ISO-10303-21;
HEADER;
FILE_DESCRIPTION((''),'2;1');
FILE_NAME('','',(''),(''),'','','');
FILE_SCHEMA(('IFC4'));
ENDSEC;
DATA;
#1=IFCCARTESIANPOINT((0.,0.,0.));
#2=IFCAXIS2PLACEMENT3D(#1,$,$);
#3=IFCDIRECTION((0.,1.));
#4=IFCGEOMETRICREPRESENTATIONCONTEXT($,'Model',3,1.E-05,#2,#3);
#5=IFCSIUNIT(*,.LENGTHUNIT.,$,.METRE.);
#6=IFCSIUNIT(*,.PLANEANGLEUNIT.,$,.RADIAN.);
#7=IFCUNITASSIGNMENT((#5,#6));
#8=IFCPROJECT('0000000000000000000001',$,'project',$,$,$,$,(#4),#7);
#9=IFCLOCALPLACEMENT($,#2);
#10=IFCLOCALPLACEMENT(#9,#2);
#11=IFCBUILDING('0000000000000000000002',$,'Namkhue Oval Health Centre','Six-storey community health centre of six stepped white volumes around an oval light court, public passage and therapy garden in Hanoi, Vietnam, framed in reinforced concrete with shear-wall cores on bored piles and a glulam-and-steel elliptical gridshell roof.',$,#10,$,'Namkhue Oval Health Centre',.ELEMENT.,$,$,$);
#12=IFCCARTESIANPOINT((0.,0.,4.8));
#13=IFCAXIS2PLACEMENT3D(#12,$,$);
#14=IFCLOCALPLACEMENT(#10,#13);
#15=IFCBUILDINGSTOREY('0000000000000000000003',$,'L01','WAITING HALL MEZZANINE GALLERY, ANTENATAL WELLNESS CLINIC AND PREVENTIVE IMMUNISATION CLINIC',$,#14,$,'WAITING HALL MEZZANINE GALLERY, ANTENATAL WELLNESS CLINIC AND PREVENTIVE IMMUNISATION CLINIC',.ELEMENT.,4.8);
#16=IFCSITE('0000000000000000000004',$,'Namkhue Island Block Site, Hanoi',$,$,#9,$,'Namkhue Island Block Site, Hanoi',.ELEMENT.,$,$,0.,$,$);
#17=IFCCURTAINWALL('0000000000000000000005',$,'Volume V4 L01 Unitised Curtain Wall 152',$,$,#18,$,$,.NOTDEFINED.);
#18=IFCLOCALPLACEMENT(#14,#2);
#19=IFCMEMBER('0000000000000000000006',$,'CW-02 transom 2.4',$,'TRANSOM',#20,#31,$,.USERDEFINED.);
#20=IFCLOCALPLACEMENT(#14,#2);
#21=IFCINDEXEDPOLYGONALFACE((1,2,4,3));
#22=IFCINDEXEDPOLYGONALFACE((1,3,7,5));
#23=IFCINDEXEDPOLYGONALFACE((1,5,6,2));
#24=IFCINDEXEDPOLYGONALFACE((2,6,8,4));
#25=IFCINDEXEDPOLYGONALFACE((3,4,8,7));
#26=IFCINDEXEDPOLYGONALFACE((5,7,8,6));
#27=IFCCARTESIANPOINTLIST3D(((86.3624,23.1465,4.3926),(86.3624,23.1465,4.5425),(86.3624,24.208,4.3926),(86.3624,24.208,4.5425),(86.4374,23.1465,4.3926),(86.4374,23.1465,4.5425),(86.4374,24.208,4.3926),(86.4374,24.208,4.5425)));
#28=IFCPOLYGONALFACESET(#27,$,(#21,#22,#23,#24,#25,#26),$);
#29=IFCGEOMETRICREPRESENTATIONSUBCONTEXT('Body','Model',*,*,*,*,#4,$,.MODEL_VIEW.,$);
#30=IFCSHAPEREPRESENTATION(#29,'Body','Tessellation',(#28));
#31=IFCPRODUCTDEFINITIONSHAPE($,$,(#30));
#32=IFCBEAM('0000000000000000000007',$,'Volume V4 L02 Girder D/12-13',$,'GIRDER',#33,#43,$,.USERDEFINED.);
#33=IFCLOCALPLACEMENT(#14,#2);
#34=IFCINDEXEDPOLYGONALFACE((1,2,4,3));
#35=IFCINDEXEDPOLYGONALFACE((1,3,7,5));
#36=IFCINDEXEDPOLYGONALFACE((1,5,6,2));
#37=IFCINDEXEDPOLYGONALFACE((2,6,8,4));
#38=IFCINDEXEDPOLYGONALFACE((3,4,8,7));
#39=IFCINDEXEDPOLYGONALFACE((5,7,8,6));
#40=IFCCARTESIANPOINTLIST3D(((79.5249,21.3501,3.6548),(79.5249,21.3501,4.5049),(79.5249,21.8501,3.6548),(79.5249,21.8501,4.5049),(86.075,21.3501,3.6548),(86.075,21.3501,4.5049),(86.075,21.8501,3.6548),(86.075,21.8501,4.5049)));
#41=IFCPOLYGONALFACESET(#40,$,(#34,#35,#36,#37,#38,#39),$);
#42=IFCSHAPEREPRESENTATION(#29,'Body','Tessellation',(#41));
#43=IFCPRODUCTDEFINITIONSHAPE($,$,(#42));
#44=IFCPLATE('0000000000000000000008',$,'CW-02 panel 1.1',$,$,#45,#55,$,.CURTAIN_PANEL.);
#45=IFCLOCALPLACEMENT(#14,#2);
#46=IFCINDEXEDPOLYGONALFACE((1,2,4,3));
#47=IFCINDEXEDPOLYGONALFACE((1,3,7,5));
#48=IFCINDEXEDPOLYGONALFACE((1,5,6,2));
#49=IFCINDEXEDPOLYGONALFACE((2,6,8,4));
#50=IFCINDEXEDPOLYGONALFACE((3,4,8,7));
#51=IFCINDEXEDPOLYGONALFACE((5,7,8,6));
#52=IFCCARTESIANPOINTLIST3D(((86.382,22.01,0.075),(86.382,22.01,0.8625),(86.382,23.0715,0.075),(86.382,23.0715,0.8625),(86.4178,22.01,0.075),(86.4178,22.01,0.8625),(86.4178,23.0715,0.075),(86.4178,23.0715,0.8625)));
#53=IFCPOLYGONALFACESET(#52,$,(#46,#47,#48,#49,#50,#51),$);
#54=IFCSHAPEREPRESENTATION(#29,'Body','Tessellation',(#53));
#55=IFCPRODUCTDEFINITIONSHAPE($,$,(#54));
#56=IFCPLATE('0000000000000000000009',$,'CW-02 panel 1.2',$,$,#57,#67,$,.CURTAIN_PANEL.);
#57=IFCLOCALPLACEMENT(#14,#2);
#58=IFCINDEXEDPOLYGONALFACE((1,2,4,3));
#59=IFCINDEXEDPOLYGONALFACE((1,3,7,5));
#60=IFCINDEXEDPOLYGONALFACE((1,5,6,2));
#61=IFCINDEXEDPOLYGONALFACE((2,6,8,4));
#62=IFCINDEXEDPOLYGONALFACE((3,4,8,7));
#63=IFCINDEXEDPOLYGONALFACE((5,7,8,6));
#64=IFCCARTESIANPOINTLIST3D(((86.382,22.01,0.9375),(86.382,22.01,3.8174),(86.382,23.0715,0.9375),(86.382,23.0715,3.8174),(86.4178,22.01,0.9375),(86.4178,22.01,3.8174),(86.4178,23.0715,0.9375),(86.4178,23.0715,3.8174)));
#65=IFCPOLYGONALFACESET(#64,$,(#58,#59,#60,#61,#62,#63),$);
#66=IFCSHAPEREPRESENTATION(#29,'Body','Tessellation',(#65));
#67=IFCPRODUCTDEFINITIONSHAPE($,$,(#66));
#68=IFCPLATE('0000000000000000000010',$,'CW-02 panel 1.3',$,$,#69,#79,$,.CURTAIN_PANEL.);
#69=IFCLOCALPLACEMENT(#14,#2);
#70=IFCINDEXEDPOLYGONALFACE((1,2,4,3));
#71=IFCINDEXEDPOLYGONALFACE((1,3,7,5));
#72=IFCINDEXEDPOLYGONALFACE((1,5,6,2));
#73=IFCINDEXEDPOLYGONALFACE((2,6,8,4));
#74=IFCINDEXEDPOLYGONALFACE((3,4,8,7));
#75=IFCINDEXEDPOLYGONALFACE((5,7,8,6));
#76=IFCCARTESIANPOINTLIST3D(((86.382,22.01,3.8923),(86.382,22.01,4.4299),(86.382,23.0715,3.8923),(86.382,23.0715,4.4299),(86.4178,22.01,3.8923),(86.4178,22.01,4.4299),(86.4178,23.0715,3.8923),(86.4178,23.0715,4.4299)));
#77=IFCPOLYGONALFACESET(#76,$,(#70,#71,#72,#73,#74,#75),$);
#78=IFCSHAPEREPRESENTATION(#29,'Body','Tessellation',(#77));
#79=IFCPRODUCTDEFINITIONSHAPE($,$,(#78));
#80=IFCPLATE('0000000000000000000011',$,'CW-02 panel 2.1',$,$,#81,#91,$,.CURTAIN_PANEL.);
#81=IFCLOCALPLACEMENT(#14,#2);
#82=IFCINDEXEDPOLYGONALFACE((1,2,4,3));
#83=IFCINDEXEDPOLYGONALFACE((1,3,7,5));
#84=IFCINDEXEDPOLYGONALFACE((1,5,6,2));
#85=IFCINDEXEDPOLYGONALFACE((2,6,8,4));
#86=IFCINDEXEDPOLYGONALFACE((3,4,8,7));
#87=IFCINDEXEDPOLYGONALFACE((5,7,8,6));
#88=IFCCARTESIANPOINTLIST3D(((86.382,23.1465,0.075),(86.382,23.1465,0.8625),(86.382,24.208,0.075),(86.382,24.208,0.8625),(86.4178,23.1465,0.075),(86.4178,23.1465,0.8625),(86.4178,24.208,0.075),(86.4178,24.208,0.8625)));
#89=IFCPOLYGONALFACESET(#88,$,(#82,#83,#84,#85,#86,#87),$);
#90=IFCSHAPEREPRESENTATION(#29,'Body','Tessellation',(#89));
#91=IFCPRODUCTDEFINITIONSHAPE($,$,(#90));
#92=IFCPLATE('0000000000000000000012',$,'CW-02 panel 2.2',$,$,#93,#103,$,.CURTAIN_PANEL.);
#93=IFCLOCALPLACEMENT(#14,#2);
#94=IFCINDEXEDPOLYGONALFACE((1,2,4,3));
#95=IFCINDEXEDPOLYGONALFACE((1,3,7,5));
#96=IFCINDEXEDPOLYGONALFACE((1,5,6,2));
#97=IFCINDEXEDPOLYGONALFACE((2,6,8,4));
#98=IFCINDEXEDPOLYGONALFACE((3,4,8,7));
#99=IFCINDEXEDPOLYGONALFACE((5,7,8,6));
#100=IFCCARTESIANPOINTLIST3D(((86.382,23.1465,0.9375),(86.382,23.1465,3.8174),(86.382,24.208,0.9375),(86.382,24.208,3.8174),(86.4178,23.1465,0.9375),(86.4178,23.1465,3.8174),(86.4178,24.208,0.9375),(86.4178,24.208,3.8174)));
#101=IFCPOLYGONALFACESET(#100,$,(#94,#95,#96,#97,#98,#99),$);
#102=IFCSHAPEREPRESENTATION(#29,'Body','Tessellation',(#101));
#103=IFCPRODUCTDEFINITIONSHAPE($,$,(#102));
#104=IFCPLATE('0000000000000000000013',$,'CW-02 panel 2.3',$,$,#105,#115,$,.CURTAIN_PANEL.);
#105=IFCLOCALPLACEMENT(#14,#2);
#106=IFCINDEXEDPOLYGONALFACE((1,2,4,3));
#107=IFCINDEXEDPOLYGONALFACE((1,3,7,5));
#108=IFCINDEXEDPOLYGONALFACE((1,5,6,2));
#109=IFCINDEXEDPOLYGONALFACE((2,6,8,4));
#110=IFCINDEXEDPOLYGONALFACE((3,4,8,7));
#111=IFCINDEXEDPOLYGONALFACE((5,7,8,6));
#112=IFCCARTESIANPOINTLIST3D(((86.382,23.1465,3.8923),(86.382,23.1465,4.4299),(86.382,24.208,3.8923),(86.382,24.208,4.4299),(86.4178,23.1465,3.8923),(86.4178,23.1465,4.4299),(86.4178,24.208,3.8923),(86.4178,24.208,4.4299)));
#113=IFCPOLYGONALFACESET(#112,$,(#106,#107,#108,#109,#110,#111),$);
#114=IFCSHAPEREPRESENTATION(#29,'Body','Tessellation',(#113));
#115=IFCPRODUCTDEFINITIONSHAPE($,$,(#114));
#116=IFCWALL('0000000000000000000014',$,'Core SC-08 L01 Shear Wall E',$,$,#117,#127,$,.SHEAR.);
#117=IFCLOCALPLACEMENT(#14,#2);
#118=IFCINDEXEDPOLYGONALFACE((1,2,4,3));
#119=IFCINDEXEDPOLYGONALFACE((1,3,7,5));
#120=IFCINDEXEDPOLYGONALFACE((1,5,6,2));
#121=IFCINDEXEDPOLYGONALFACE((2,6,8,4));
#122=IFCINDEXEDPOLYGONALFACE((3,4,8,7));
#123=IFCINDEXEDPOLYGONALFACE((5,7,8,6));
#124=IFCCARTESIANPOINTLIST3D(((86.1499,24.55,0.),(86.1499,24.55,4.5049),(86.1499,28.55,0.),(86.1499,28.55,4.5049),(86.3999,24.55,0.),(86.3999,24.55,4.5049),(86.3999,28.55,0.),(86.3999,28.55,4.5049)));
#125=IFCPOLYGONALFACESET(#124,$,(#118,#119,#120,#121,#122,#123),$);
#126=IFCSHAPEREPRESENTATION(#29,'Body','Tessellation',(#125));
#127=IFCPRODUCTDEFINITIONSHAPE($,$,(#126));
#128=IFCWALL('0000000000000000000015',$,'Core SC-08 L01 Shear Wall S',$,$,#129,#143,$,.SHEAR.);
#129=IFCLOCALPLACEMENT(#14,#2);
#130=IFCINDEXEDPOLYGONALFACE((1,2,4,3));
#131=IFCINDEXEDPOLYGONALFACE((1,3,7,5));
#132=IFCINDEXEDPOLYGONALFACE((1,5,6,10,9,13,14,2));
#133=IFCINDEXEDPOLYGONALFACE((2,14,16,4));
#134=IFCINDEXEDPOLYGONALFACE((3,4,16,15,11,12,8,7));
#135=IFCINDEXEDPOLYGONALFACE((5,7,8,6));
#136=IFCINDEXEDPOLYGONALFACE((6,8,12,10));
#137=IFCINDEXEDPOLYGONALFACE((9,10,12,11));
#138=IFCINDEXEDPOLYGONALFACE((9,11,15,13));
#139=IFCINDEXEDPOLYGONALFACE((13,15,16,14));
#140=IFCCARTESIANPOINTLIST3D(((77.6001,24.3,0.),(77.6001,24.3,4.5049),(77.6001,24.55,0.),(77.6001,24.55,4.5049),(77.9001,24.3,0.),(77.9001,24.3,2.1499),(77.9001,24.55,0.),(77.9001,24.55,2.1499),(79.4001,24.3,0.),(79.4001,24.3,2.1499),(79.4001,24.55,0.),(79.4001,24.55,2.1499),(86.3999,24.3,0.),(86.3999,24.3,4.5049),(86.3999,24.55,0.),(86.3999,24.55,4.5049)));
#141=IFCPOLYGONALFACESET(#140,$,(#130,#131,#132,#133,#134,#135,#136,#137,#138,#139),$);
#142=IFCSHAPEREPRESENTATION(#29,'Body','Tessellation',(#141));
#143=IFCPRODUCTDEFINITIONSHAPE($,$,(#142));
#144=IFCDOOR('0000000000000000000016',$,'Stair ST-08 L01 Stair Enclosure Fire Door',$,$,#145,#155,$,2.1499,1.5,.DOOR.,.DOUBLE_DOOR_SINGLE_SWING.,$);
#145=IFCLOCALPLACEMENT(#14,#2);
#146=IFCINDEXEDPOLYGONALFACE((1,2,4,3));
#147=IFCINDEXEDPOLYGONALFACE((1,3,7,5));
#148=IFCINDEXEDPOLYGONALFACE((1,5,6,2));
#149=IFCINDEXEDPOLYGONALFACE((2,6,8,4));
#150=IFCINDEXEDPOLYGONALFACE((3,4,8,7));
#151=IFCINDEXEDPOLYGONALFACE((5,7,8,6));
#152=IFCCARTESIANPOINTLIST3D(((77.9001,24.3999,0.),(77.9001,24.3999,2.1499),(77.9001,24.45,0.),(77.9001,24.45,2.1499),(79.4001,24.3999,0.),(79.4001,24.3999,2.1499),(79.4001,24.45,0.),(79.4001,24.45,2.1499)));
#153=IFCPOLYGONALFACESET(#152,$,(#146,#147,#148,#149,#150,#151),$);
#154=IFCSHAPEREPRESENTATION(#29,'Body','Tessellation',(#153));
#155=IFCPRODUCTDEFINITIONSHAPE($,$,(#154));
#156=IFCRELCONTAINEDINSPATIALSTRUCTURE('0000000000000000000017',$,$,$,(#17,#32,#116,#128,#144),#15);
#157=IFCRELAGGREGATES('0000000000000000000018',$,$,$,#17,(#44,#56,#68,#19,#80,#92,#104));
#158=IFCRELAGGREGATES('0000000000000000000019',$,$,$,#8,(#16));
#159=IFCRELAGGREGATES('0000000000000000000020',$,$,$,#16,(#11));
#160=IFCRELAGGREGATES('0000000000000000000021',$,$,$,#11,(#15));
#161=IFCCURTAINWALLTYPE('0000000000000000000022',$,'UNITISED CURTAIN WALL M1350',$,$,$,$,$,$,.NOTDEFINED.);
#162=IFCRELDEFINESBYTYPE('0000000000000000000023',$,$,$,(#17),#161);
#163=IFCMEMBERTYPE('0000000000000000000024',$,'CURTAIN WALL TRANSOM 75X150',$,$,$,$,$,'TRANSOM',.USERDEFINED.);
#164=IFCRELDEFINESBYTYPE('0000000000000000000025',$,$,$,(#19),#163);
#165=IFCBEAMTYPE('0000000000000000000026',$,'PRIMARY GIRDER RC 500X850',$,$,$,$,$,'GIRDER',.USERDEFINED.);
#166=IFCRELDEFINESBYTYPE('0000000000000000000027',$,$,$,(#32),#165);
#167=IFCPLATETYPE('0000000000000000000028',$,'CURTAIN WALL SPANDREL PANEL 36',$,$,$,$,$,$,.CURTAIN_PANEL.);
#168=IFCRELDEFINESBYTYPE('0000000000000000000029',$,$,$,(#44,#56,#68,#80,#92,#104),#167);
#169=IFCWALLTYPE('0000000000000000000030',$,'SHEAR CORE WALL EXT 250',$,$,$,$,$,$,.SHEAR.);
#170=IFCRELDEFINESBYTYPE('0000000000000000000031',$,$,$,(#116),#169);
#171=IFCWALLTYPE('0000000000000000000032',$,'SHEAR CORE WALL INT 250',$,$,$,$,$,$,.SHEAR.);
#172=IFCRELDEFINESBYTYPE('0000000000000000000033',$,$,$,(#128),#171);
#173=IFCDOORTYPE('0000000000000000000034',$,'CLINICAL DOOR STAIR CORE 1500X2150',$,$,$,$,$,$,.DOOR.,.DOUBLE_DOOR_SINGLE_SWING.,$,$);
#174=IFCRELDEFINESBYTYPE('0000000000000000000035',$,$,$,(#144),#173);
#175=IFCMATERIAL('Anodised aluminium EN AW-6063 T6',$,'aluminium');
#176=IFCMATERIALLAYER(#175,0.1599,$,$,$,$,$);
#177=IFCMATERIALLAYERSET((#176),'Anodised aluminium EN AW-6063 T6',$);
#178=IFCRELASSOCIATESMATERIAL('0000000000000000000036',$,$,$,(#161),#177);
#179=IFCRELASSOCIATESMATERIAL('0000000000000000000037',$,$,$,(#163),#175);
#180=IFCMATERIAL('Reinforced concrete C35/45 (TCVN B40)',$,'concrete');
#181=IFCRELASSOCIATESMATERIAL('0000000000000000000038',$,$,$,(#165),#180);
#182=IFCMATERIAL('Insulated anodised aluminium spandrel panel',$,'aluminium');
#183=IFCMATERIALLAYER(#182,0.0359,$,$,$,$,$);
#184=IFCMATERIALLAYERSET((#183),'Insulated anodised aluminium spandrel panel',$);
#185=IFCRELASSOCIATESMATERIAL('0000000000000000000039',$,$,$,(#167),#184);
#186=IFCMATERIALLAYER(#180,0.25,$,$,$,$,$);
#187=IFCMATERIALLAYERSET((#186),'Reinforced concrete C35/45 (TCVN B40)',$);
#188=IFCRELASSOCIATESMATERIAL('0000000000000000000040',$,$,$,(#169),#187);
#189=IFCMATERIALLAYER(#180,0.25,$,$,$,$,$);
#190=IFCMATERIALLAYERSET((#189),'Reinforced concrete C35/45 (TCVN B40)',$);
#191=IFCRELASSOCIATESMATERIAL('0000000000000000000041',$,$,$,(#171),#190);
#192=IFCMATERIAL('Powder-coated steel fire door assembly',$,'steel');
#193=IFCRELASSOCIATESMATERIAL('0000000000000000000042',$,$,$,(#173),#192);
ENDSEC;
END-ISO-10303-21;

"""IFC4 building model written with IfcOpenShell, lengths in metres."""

from ifc_helpers import new_model, si_unit, direction, frame, frame_2d, origin, origin_2d, place, context, subcontext, project, spatial, rectangle, extrude, material, layer, layer_set, material_profile, profile_set, type_object, element, fill, aggregate, save


model = new_model("IFC4")

# Units and contexts
model_context = context("Model", 3, precision=1e-05, world=origin(), true_north=direction((0.0, 1.0)))
body_context = subcontext(model_context, "Body", "Model", "MODEL_VIEW")
ifc_project = project(units=[si_unit("LENGTHUNIT", "METRE"), si_unit("PLANEANGLEUNIT", "RADIAN")], contexts=[model_context])

# Site, building, storey
site_placement = place(None, origin())
site = spatial("IfcSite", under=ifc_project, at=site_placement, Name="Namkhue Island Block Site, Hanoi", LongName="Namkhue Island Block Site, Hanoi", CompositionType="ELEMENT", RefElevation=0.0)
building_placement = place(site_placement, origin())
building = spatial("IfcBuilding", under=site, at=building_placement, Name="Namkhue Oval Health Centre", Description="Six-storey community health centre of six stepped white volumes around an oval light court, public passage and therapy garden in Hanoi, Vietnam, framed in reinforced concrete with shear-wall cores on bored piles and a glulam-and-steel elliptical gridshell roof.", LongName="Namkhue Oval Health Centre", CompositionType="ELEMENT")
storey_placement = place(building_placement, frame((0.0, 0.0, 4.8)))
storey = spatial("IfcBuildingStorey", under=building, at=storey_placement, Name="L01", Description="WAITING HALL MEZZANINE GALLERY, ANTENATAL WELLNESS CLINIC AND PREVENTIVE IMMUNISATION CLINIC", LongName="WAITING HALL MEZZANINE GALLERY, ANTENATAL WELLNESS CLINIC AND PREVENTIVE IMMUNISATION CLINIC", CompositionType="ELEMENT", Elevation=4.8)

# Shared definitions
ifc_material_1 = material(Name="Reinforced concrete C35/45 (TCVN B40)", Category="concrete")

# Curtain wall, member
ifc_material_2 = material(Name="Anodised aluminium EN AW-6063 T6", Category="aluminium")
ifc_layer_1 = layer(ifc_material_2, 0.1599)
ifc_layer_set_1 = layer_set([ifc_layer_1], Name="Anodised aluminium EN AW-6063 T6")
curtain_wall_type = type_object("IfcCurtainWallType", Name="UNITISED CURTAIN WALL M1350", PredefinedType="NOTDEFINED", material=ifc_layer_set_1)
curtain_wall_placement = place(storey_placement, origin())
curtain_wall = element("IfcCurtainWall", 1, at=curtain_wall_placement, inside=storey, type_object=curtain_wall_type, Name="Volume V4 L01 Unitised Curtain Wall 152", PredefinedType="NOTDEFINED")
ifc_material_profile_1 = material_profile(ifc_material_2, rectangle(XDim=0.075, YDim=0.1499, at=origin_2d()), Name="ALU 75x150")
ifc_profile_set_1 = profile_set([ifc_material_profile_1], Name="Anodised aluminium EN AW-6063 T6")
member_type_1 = type_object("IfcMemberType", Name="CURTAIN WALL TRANSOM 75X150", ElementType="TRANSOM", PredefinedType="USERDEFINED", material=ifc_profile_set_1)
member_1_placement = place(storey_placement, frame((86.3999, 23.1465, 4.4675), z_axis=(0.0, 1.0, 0.0), x_axis=(-1.0, 0.0, 0.0)))
member_1 = element("IfcMember", 2, at=member_1_placement, type_object=member_type_1, Name="CW-02 transom 2.4", ObjectType="TRANSOM", PredefinedType="USERDEFINED", context=body_context, shape_type="SweptSolid", body=[
    extrude(rectangle(XDim=0.075, YDim=0.1499, at=origin_2d()), origin(), (0.0, 0.0, 1.0), 1.0615),
])

# Beam
ifc_material_profile_2 = material_profile(ifc_material_1, rectangle(XDim=0.5, YDim=0.8501, at=origin_2d()), Name="RC 500x850")
ifc_profile_set_2 = profile_set([ifc_material_profile_2], Name="Reinforced concrete C35/45 (TCVN B40)")
beam_type = type_object("IfcBeamType", Name="PRIMARY GIRDER RC 500X850", ElementType="GIRDER", PredefinedType="USERDEFINED", material=ifc_profile_set_2)
beam_placement = place(storey_placement, frame((79.5249, 21.6001, 4.0798), z_axis=(1.0, 0.0, 0.0), x_axis=(0.0, 1.0, 0.0)))
element("IfcBeam", 3, at=beam_placement, inside=storey, type_object=beam_type, Name="Volume V4 L02 Girder D/12-13", ObjectType="GIRDER", PredefinedType="USERDEFINED", context=body_context, shape_type="SweptSolid", body=[
    extrude(rectangle(XDim=0.5, YDim=0.8501, at=origin_2d()), origin(), (0.0, 0.0, 1.0), 6.55),
])

# Plates
ifc_material_3 = material(Name="Insulated anodised aluminium spandrel panel", Category="aluminium")
ifc_layer_2 = layer(ifc_material_3, 0.0359)
ifc_layer_set_2 = layer_set([ifc_layer_2], Name="Insulated anodised aluminium spandrel panel")
plate_type = type_object("IfcPlateType", Name="CURTAIN WALL SPANDREL PANEL 36", PredefinedType="CURTAIN_PANEL", material=ifc_layer_set_2)
plate_1_placement = place(storey_placement, frame((86.3999, 22.5408, 0.075), z_axis=(0.0, 0.0, 1.0), x_axis=(0.0, 1.0, 0.0)))
plate_1 = element("IfcPlate", 4, at=plate_1_placement, type_object=plate_type, Name="CW-02 panel 1.1", PredefinedType="CURTAIN_PANEL", context=body_context, shape_type="SweptSolid", body=[
    extrude(rectangle(XDim=1.0615, YDim=0.0359, at=origin_2d()), origin(), (0.0, 0.0, 1.0), 0.7876),
])
plate_2_placement = place(storey_placement, frame((86.3999, 22.5408, 0.9375), z_axis=(0.0, 0.0, 1.0), x_axis=(0.0, 1.0, 0.0)))
plate_2 = element("IfcPlate", 5, at=plate_2_placement, type_object=plate_type, Name="CW-02 panel 1.2", PredefinedType="CURTAIN_PANEL", context=body_context, shape_type="SweptSolid", body=[
    extrude(rectangle(XDim=1.0615, YDim=0.0359, at=origin_2d()), origin(), (0.0, 0.0, 1.0), 2.8799),
])
plate_3_placement = place(storey_placement, frame((86.3999, 22.5408, 3.8923), z_axis=(0.0, 0.0, 1.0), x_axis=(0.0, 1.0, 0.0)))
plate_3 = element("IfcPlate", 6, at=plate_3_placement, type_object=plate_type, Name="CW-02 panel 1.3", PredefinedType="CURTAIN_PANEL", context=body_context, shape_type="SweptSolid", body=[
    extrude(rectangle(XDim=1.0615, YDim=0.0359, at=origin_2d()), origin(), (0.0, 0.0, 1.0), 0.5376),
])
plate_4_placement = place(storey_placement, frame((86.3999, 23.6772, 0.075), z_axis=(0.0, 0.0, 1.0), x_axis=(0.0, 1.0, 0.0)))
plate_4 = element("IfcPlate", 7, at=plate_4_placement, type_object=plate_type, Name="CW-02 panel 2.1", PredefinedType="CURTAIN_PANEL", context=body_context, shape_type="SweptSolid", body=[
    extrude(rectangle(XDim=1.0615, YDim=0.0359, at=origin_2d()), origin(), (0.0, 0.0, 1.0), 0.7876),
])
plate_5_placement = place(storey_placement, frame((86.3999, 23.6772, 0.9375), z_axis=(0.0, 0.0, 1.0), x_axis=(0.0, 1.0, 0.0)))
plate_5 = element("IfcPlate", 8, at=plate_5_placement, type_object=plate_type, Name="CW-02 panel 2.2", PredefinedType="CURTAIN_PANEL", context=body_context, shape_type="SweptSolid", body=[
    extrude(rectangle(XDim=1.0615, YDim=0.0359, at=origin_2d()), origin(), (0.0, 0.0, 1.0), 2.8799),
])
plate_6_placement = place(storey_placement, frame((86.3999, 23.6772, 3.8923), z_axis=(0.0, 0.0, 1.0), x_axis=(0.0, 1.0, 0.0)))
plate_6 = element("IfcPlate", 9, at=plate_6_placement, type_object=plate_type, Name="CW-02 panel 2.3", PredefinedType="CURTAIN_PANEL", context=body_context, shape_type="SweptSolid", body=[
    extrude(rectangle(XDim=1.0615, YDim=0.0359, at=origin_2d()), origin(), (0.0, 0.0, 1.0), 0.5376),
])
aggregate(curtain_wall, [plate_1, plate_2, plate_3, member_1, plate_4, plate_5, plate_6])

# Wall
ifc_layer_3 = layer(ifc_material_1, 0.25)
ifc_layer_set_3 = layer_set([ifc_layer_3], Name="Reinforced concrete C35/45 (TCVN B40)")
wall_type_1 = type_object("IfcWallType", Name="SHEAR CORE WALL EXT 250", PredefinedType="SHEAR", material=ifc_layer_set_3)
wall_1_placement = place(storey_placement, frame((86.2749, 24.55, 0.0), z_axis=(0.0, 0.0, 1.0), x_axis=(0.0, 1.0, 0.0)))
element("IfcWall", 10, at=wall_1_placement, inside=storey, type_object=wall_type_1, Name="Core SC-08 L01 Shear Wall E", PredefinedType="SHEAR", context=body_context, shape_type="SweptSolid", body=[
    extrude(rectangle(XDim=4.0, YDim=0.25, at=frame_2d((2.0, 0.0))), origin(), (0.0, 0.0, 1.0), 4.5049),
])

# Wall, opening, door
ifc_layer_4 = layer(ifc_material_1, 0.25)
ifc_layer_set_4 = layer_set([ifc_layer_4], Name="Reinforced concrete C35/45 (TCVN B40)")
wall_type_2 = type_object("IfcWallType", Name="SHEAR CORE WALL INT 250", PredefinedType="SHEAR", material=ifc_layer_set_4)
wall_2_placement = place(storey_placement, frame((77.6001, 24.425, 0.0), z_axis=(0.0, 0.0, 1.0), x_axis=(1.0, 0.0, 0.0)))
wall_2 = element("IfcWall", 11, at=wall_2_placement, inside=storey, type_object=wall_type_2, Name="Core SC-08 L01 Shear Wall S", PredefinedType="SHEAR", context=body_context, shape_type="SweptSolid", body=[
    extrude(rectangle(XDim=8.7998, YDim=0.25, at=frame_2d((4.3999, 0.0))), origin(), (0.0, 0.0, 1.0), 4.5049),
])
opening_placement = place(wall_2_placement, frame((0.3, 0.0, 0.0)))
opening = element("IfcOpeningElement", 12, at=opening_placement, cuts=wall_2, PredefinedType="OPENING", context=body_context, shape_type="SweptSolid", body=[
    extrude(rectangle(XDim=1.5, YDim=2.1499, at=frame_2d((0.75, 1.075))), frame((0.0, 0.135, 0.0), z_axis=(0.0, -1.0, 0.0), x_axis=(1.0, 0.0, 0.0)), (0.0, 0.0, 1.0), 0.27),
])
ifc_material_4 = material(Name="Powder-coated steel fire door assembly", Category="steel")
door_type = type_object("IfcDoorType", Name="CLINICAL DOOR STAIR CORE 1500X2150", OperationType="DOUBLE_DOOR_SINGLE_SWING", PredefinedType="DOOR", material=ifc_material_4)
door_placement = place(opening_placement, origin())
door = element("IfcDoor", 13, at=door_placement, inside=storey, type_object=door_type, Name="Stair ST-08 L01 Stair Enclosure Fire Door", OperationType="DOUBLE_DOOR_SINGLE_SWING", OverallHeight=2.1499, OverallWidth=1.5, PredefinedType="DOOR", context=body_context, shape_type="SweptSolid", body=[
    extrude(rectangle(XDim=1.5, YDim=2.1499, at=frame_2d((0.75, 1.075))), frame((0.0, 0.0249, 0.0), z_axis=(0.0, -1.0, 0.0), x_axis=(1.0, 0.0, 0.0)), (0.0, 0.0, 1.0), 0.05),
])
fill(opening, door)

save(model, "model.ifc")
